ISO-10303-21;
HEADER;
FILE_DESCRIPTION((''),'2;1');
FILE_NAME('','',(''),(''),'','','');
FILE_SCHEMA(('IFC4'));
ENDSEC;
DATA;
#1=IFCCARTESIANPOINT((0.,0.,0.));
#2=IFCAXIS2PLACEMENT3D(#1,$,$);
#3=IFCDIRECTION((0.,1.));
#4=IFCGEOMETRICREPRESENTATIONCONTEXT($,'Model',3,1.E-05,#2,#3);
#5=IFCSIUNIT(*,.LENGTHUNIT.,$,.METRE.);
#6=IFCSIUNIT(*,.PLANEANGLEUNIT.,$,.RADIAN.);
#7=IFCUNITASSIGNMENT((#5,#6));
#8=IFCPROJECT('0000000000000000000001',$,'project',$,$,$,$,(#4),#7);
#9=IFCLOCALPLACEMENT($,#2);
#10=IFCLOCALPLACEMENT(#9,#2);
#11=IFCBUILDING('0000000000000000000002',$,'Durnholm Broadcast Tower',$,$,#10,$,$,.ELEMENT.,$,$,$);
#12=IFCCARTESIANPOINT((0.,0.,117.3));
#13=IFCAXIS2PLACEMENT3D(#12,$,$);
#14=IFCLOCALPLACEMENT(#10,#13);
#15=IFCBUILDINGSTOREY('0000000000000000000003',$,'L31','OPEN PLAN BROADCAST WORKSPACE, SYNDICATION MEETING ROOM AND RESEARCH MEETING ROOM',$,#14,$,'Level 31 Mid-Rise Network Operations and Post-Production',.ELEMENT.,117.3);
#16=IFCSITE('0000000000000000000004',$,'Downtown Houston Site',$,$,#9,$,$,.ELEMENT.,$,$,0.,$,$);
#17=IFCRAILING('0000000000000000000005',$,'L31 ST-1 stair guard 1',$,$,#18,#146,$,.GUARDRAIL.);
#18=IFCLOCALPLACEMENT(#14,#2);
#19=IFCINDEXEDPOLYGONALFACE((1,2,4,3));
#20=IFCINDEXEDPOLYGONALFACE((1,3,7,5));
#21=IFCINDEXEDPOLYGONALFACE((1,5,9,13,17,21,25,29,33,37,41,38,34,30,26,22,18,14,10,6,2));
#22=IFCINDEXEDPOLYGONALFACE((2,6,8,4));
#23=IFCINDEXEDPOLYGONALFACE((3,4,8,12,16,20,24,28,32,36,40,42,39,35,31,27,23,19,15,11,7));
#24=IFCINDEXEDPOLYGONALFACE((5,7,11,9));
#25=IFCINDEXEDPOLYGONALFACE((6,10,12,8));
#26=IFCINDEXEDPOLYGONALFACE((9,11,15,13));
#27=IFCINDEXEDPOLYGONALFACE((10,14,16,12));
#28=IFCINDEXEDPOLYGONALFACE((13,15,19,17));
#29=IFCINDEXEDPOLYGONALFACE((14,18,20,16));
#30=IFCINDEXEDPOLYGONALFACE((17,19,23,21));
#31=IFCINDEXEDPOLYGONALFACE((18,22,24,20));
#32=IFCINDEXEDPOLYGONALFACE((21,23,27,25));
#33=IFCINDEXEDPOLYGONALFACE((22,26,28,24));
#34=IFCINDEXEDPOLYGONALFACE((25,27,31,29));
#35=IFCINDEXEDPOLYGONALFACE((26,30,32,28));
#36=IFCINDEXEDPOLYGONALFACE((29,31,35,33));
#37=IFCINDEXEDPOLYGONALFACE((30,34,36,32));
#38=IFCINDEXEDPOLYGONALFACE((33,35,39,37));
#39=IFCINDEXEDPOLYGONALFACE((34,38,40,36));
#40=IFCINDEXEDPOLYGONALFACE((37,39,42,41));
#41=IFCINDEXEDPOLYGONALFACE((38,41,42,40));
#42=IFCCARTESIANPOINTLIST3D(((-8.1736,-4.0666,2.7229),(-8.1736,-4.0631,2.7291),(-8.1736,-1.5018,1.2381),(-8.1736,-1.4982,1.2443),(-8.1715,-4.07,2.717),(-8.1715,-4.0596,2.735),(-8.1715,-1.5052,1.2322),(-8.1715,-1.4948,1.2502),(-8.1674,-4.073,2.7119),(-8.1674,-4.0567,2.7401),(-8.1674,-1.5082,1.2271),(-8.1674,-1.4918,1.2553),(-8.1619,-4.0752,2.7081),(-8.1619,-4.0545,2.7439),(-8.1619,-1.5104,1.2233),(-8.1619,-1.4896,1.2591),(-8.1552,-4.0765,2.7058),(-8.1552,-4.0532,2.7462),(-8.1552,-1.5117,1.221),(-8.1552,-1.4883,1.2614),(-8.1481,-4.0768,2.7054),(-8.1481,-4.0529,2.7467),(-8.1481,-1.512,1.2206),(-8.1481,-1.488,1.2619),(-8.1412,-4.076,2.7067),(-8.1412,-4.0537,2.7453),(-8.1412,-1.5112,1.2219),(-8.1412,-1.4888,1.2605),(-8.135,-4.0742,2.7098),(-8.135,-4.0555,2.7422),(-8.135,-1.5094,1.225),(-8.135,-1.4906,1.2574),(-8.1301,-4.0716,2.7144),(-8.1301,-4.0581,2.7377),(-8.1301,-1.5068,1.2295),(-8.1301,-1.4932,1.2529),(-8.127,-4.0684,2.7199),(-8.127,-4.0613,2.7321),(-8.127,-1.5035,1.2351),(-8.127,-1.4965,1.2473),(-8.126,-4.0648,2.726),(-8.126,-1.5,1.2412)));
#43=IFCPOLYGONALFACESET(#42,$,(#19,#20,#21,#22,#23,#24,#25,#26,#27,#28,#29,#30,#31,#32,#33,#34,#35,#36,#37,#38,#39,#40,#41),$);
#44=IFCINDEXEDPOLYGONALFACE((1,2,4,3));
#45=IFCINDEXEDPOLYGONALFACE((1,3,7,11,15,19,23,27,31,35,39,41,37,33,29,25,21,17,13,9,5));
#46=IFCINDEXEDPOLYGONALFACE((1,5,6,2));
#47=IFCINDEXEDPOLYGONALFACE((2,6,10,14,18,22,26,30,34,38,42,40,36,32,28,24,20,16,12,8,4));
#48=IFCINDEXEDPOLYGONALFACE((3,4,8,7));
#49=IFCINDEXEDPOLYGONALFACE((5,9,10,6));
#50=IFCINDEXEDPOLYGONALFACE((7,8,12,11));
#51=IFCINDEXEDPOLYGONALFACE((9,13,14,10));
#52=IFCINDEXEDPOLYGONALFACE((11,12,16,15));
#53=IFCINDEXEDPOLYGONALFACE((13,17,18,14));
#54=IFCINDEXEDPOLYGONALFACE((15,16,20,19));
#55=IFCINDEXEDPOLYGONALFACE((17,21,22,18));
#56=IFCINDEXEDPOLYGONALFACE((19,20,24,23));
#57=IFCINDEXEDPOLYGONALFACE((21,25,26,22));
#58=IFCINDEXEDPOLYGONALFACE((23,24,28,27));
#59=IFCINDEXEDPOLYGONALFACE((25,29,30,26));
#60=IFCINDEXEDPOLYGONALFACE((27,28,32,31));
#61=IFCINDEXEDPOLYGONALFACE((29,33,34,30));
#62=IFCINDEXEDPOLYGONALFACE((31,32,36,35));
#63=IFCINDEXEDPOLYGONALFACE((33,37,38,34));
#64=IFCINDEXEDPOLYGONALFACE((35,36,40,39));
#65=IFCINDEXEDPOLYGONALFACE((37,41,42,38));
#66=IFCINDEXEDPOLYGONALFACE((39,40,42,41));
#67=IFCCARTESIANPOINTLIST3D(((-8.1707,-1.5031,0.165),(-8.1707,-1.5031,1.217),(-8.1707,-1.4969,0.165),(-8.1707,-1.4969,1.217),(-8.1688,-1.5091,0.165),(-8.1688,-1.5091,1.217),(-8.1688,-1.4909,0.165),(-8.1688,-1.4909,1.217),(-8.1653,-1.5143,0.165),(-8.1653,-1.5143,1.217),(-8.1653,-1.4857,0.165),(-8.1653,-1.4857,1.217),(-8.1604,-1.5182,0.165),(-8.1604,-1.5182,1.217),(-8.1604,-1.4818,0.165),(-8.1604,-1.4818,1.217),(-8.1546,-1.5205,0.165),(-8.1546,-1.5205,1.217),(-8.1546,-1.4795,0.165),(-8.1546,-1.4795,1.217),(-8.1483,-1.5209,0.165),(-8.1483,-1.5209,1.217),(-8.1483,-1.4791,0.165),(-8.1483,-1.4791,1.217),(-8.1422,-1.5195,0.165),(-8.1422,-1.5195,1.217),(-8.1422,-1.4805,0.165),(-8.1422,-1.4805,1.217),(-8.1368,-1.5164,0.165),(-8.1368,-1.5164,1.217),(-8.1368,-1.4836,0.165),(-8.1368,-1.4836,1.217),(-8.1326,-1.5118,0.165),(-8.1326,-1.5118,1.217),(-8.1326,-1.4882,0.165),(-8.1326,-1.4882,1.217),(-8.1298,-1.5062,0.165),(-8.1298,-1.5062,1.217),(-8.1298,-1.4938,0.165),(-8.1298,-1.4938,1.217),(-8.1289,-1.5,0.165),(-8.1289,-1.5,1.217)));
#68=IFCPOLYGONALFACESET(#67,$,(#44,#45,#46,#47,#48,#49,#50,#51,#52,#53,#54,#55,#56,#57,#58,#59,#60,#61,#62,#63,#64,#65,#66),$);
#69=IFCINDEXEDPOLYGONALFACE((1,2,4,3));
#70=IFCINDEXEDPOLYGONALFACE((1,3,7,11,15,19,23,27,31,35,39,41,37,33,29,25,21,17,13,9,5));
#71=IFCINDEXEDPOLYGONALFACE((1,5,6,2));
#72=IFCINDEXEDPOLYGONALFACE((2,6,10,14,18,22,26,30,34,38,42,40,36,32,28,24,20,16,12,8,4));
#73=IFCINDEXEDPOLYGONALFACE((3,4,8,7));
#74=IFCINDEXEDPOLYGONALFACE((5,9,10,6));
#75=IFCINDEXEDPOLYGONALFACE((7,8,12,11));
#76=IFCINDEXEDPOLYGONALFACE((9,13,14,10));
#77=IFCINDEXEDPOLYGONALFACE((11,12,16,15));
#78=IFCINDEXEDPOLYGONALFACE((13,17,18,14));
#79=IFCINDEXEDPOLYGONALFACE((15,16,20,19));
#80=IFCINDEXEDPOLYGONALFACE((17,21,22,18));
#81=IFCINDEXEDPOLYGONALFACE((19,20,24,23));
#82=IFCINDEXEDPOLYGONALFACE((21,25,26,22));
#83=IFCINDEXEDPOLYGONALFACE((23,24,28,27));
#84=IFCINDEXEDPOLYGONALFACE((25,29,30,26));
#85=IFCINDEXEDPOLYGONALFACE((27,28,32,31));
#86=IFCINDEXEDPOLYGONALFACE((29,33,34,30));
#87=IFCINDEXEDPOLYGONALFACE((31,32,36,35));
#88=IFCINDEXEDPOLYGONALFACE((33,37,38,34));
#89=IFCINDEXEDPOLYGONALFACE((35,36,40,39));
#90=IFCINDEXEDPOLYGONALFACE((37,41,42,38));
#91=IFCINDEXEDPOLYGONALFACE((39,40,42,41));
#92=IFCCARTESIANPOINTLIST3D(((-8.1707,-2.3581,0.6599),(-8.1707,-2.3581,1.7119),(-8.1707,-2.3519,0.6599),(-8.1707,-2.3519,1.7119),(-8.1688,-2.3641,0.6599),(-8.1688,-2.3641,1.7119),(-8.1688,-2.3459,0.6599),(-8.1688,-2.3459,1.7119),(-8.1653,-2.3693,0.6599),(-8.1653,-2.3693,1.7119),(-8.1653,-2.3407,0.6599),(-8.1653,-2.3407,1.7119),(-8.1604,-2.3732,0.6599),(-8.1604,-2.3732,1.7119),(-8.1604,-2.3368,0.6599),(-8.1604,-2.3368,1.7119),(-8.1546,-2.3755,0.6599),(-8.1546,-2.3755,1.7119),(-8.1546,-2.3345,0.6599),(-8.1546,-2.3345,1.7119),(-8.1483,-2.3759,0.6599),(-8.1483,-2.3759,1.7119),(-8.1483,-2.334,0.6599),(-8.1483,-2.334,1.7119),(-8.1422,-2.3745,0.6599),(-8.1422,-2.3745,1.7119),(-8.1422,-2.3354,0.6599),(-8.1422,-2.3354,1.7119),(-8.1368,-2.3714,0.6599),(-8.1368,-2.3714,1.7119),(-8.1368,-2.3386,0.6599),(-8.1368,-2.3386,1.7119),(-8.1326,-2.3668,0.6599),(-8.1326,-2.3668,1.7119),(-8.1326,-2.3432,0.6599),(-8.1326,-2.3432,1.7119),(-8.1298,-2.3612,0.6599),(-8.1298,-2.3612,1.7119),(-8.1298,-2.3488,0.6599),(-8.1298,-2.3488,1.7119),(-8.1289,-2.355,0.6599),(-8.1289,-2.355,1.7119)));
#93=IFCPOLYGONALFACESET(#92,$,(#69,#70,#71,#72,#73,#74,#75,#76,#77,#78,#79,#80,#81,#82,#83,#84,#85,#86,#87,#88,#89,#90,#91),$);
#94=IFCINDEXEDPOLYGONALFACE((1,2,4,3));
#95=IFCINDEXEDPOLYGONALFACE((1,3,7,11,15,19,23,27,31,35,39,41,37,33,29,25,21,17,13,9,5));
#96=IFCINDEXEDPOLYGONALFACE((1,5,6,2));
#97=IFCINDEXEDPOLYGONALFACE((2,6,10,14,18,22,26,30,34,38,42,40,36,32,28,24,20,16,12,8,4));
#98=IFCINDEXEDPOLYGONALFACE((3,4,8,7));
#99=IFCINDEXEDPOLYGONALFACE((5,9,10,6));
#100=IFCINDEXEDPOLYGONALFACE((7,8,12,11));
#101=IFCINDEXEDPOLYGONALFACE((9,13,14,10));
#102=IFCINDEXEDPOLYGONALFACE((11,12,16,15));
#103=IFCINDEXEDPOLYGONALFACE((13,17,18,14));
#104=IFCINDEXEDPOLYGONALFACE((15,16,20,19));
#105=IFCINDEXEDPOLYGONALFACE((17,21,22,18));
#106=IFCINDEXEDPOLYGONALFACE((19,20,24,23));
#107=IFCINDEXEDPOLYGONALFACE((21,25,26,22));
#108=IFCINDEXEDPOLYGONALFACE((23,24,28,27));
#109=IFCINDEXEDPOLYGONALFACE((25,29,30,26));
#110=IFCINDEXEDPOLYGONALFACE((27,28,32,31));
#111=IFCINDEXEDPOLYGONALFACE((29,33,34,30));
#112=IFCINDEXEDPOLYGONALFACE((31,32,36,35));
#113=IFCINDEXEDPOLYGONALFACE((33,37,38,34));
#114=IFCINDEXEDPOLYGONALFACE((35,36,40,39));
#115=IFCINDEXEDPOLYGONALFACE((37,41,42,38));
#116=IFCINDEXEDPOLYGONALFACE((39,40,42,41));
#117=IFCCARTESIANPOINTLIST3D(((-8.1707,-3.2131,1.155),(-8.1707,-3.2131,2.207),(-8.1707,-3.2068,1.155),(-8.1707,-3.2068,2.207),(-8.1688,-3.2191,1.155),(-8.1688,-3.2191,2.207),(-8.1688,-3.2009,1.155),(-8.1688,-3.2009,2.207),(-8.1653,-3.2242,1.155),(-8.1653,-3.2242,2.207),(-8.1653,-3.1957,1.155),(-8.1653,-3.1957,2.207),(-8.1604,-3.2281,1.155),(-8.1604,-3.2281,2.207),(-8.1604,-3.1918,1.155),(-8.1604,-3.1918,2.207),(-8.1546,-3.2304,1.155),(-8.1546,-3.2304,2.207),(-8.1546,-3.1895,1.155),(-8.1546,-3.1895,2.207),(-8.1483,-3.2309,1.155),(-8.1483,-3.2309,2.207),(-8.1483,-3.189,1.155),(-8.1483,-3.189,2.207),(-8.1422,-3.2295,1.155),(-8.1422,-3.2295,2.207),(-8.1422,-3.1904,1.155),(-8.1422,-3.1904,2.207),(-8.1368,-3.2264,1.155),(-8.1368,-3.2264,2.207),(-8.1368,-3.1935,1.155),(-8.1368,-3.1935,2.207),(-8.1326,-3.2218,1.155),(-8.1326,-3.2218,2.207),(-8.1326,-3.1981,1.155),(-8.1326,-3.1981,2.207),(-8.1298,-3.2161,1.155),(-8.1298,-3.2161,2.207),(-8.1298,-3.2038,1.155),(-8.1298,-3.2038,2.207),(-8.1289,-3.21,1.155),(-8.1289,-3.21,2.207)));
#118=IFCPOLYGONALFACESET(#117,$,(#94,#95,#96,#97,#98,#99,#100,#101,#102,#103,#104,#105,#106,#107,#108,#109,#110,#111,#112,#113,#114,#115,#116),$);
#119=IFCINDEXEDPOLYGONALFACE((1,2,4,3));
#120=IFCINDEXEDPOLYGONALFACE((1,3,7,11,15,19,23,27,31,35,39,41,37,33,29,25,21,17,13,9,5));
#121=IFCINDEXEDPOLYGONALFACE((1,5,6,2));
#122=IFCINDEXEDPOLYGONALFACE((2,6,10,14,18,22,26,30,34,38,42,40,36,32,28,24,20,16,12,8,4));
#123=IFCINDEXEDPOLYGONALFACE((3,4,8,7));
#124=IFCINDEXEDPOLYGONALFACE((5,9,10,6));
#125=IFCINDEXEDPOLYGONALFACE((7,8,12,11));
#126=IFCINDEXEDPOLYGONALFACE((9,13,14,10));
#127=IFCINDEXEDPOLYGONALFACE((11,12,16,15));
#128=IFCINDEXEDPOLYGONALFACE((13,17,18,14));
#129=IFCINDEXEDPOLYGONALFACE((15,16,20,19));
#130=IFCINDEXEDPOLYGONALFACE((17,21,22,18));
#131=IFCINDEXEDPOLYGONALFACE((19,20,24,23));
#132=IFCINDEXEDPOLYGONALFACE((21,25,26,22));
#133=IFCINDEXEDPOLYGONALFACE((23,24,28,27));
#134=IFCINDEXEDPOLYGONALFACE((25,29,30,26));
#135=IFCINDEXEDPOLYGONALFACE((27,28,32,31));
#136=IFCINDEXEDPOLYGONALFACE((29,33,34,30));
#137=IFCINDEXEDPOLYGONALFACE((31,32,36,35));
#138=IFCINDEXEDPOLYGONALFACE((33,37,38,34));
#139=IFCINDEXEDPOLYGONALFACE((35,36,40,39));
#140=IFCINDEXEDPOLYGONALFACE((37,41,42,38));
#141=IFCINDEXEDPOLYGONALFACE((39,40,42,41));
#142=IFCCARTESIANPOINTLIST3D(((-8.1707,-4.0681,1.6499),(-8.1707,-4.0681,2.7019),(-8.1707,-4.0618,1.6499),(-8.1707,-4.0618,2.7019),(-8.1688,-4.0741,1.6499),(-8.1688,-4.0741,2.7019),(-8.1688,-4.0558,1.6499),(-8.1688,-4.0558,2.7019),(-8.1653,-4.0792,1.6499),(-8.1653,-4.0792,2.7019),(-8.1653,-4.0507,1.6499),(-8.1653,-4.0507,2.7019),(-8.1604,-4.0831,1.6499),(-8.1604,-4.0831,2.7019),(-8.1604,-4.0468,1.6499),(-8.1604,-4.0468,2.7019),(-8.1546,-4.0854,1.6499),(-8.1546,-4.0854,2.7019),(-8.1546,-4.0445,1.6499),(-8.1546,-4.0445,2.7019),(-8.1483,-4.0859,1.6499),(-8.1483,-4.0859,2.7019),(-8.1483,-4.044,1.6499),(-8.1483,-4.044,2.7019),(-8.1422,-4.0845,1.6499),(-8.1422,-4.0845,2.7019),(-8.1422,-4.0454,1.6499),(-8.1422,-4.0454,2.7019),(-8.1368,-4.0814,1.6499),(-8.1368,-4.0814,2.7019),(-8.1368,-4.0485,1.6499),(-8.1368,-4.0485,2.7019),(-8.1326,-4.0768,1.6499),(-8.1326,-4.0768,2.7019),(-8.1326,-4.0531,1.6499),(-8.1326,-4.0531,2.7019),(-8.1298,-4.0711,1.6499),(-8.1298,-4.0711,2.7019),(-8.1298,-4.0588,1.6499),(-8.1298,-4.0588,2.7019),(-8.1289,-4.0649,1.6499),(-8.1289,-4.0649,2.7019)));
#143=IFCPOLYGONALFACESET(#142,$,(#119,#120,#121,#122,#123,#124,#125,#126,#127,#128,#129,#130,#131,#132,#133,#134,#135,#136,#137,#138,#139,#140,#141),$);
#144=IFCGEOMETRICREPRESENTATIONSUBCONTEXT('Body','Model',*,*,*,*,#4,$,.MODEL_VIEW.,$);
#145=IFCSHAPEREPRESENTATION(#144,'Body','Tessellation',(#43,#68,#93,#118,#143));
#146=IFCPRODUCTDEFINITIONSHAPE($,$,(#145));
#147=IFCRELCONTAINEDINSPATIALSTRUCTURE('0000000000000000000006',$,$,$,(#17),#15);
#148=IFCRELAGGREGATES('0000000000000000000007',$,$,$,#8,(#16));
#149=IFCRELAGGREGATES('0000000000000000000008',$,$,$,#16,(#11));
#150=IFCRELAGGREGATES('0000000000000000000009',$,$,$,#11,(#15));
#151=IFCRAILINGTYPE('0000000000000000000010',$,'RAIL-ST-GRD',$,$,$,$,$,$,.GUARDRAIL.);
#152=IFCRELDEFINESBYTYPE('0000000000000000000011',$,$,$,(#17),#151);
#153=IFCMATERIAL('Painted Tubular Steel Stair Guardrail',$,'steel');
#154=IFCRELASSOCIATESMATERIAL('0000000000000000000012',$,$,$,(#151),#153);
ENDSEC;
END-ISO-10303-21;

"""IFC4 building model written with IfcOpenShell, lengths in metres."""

from ifc_helpers import new_model, si_unit, direction, frame, origin, origin_2d, place, context, subcontext, project, spatial, circle, extrude, material, type_object, element, save


model = new_model("IFC4")

# Units and contexts
model_context = context("Model", 3, precision=1e-05, world=origin(), true_north=direction((0.0, 1.0)))
body_context = subcontext(model_context, "Body", "Model", "MODEL_VIEW")
ifc_project = project(units=[si_unit("LENGTHUNIT", "METRE"), si_unit("PLANEANGLEUNIT", "RADIAN")], contexts=[model_context])

# Site, building, storey
site_placement = place(None, origin())
site = spatial("IfcSite", under=ifc_project, at=site_placement, Name="Downtown Houston Site", CompositionType="ELEMENT", RefElevation=0.0)
building_placement = place(site_placement, origin())
building = spatial("IfcBuilding", under=site, at=building_placement, Name="Durnholm Broadcast Tower", CompositionType="ELEMENT")
storey_placement = place(building_placement, frame((0.0, 0.0, 117.3)))
storey = spatial("IfcBuildingStorey", under=building, at=storey_placement, Name="L31", Description="OPEN PLAN BROADCAST WORKSPACE, SYNDICATION MEETING ROOM AND RESEARCH MEETING ROOM", LongName="Level 31 Mid-Rise Network Operations and Post-Production", CompositionType="ELEMENT", Elevation=117.3)

# Railing
ifc_material_1 = material(Name="Painted Tubular Steel Stair Guardrail", Category="steel")
railing_type_1 = type_object("IfcRailingType", Name="RAIL-ST-GRD", PredefinedType="GUARDRAIL", material=ifc_material_1)
railing_1_placement = place(storey_placement, frame((-8.1499, -1.5, 0.165)))
element("IfcRailing", 1, at=railing_1_placement, inside=storey, type_object=railing_type_1, Name="L31 ST-1 stair guard 1", PredefinedType="GUARDRAIL", context=body_context, shape_type="SweptSolid", body=[
    extrude(circle(Radius=0.0239, at=origin_2d()), frame((0.0, 0.0, 1.0762), z_axis=(0.0, -0.865441, 0.50101), x_axis=(1.0, 0.0, 0.0)), (0.0, 0.0, 1.0), 2.9636),
    extrude(circle(Radius=0.021, at=origin_2d()), origin(), (0.0, 0.0, 1.0), 1.052),
    extrude(circle(Radius=0.021, at=origin_2d()), frame((0.0, -0.855, 0.4949)), (0.0, 0.0, 1.0), 1.052),
    extrude(circle(Radius=0.021, at=origin_2d()), frame((0.0, -1.71, 0.99)), (0.0, 0.0, 1.0), 1.052),
    extrude(circle(Radius=0.021, at=origin_2d()), frame((0.0, -2.5649, 1.4849)), (0.0, 0.0, 1.0), 1.052),
])

save(model, "model.ifc")
